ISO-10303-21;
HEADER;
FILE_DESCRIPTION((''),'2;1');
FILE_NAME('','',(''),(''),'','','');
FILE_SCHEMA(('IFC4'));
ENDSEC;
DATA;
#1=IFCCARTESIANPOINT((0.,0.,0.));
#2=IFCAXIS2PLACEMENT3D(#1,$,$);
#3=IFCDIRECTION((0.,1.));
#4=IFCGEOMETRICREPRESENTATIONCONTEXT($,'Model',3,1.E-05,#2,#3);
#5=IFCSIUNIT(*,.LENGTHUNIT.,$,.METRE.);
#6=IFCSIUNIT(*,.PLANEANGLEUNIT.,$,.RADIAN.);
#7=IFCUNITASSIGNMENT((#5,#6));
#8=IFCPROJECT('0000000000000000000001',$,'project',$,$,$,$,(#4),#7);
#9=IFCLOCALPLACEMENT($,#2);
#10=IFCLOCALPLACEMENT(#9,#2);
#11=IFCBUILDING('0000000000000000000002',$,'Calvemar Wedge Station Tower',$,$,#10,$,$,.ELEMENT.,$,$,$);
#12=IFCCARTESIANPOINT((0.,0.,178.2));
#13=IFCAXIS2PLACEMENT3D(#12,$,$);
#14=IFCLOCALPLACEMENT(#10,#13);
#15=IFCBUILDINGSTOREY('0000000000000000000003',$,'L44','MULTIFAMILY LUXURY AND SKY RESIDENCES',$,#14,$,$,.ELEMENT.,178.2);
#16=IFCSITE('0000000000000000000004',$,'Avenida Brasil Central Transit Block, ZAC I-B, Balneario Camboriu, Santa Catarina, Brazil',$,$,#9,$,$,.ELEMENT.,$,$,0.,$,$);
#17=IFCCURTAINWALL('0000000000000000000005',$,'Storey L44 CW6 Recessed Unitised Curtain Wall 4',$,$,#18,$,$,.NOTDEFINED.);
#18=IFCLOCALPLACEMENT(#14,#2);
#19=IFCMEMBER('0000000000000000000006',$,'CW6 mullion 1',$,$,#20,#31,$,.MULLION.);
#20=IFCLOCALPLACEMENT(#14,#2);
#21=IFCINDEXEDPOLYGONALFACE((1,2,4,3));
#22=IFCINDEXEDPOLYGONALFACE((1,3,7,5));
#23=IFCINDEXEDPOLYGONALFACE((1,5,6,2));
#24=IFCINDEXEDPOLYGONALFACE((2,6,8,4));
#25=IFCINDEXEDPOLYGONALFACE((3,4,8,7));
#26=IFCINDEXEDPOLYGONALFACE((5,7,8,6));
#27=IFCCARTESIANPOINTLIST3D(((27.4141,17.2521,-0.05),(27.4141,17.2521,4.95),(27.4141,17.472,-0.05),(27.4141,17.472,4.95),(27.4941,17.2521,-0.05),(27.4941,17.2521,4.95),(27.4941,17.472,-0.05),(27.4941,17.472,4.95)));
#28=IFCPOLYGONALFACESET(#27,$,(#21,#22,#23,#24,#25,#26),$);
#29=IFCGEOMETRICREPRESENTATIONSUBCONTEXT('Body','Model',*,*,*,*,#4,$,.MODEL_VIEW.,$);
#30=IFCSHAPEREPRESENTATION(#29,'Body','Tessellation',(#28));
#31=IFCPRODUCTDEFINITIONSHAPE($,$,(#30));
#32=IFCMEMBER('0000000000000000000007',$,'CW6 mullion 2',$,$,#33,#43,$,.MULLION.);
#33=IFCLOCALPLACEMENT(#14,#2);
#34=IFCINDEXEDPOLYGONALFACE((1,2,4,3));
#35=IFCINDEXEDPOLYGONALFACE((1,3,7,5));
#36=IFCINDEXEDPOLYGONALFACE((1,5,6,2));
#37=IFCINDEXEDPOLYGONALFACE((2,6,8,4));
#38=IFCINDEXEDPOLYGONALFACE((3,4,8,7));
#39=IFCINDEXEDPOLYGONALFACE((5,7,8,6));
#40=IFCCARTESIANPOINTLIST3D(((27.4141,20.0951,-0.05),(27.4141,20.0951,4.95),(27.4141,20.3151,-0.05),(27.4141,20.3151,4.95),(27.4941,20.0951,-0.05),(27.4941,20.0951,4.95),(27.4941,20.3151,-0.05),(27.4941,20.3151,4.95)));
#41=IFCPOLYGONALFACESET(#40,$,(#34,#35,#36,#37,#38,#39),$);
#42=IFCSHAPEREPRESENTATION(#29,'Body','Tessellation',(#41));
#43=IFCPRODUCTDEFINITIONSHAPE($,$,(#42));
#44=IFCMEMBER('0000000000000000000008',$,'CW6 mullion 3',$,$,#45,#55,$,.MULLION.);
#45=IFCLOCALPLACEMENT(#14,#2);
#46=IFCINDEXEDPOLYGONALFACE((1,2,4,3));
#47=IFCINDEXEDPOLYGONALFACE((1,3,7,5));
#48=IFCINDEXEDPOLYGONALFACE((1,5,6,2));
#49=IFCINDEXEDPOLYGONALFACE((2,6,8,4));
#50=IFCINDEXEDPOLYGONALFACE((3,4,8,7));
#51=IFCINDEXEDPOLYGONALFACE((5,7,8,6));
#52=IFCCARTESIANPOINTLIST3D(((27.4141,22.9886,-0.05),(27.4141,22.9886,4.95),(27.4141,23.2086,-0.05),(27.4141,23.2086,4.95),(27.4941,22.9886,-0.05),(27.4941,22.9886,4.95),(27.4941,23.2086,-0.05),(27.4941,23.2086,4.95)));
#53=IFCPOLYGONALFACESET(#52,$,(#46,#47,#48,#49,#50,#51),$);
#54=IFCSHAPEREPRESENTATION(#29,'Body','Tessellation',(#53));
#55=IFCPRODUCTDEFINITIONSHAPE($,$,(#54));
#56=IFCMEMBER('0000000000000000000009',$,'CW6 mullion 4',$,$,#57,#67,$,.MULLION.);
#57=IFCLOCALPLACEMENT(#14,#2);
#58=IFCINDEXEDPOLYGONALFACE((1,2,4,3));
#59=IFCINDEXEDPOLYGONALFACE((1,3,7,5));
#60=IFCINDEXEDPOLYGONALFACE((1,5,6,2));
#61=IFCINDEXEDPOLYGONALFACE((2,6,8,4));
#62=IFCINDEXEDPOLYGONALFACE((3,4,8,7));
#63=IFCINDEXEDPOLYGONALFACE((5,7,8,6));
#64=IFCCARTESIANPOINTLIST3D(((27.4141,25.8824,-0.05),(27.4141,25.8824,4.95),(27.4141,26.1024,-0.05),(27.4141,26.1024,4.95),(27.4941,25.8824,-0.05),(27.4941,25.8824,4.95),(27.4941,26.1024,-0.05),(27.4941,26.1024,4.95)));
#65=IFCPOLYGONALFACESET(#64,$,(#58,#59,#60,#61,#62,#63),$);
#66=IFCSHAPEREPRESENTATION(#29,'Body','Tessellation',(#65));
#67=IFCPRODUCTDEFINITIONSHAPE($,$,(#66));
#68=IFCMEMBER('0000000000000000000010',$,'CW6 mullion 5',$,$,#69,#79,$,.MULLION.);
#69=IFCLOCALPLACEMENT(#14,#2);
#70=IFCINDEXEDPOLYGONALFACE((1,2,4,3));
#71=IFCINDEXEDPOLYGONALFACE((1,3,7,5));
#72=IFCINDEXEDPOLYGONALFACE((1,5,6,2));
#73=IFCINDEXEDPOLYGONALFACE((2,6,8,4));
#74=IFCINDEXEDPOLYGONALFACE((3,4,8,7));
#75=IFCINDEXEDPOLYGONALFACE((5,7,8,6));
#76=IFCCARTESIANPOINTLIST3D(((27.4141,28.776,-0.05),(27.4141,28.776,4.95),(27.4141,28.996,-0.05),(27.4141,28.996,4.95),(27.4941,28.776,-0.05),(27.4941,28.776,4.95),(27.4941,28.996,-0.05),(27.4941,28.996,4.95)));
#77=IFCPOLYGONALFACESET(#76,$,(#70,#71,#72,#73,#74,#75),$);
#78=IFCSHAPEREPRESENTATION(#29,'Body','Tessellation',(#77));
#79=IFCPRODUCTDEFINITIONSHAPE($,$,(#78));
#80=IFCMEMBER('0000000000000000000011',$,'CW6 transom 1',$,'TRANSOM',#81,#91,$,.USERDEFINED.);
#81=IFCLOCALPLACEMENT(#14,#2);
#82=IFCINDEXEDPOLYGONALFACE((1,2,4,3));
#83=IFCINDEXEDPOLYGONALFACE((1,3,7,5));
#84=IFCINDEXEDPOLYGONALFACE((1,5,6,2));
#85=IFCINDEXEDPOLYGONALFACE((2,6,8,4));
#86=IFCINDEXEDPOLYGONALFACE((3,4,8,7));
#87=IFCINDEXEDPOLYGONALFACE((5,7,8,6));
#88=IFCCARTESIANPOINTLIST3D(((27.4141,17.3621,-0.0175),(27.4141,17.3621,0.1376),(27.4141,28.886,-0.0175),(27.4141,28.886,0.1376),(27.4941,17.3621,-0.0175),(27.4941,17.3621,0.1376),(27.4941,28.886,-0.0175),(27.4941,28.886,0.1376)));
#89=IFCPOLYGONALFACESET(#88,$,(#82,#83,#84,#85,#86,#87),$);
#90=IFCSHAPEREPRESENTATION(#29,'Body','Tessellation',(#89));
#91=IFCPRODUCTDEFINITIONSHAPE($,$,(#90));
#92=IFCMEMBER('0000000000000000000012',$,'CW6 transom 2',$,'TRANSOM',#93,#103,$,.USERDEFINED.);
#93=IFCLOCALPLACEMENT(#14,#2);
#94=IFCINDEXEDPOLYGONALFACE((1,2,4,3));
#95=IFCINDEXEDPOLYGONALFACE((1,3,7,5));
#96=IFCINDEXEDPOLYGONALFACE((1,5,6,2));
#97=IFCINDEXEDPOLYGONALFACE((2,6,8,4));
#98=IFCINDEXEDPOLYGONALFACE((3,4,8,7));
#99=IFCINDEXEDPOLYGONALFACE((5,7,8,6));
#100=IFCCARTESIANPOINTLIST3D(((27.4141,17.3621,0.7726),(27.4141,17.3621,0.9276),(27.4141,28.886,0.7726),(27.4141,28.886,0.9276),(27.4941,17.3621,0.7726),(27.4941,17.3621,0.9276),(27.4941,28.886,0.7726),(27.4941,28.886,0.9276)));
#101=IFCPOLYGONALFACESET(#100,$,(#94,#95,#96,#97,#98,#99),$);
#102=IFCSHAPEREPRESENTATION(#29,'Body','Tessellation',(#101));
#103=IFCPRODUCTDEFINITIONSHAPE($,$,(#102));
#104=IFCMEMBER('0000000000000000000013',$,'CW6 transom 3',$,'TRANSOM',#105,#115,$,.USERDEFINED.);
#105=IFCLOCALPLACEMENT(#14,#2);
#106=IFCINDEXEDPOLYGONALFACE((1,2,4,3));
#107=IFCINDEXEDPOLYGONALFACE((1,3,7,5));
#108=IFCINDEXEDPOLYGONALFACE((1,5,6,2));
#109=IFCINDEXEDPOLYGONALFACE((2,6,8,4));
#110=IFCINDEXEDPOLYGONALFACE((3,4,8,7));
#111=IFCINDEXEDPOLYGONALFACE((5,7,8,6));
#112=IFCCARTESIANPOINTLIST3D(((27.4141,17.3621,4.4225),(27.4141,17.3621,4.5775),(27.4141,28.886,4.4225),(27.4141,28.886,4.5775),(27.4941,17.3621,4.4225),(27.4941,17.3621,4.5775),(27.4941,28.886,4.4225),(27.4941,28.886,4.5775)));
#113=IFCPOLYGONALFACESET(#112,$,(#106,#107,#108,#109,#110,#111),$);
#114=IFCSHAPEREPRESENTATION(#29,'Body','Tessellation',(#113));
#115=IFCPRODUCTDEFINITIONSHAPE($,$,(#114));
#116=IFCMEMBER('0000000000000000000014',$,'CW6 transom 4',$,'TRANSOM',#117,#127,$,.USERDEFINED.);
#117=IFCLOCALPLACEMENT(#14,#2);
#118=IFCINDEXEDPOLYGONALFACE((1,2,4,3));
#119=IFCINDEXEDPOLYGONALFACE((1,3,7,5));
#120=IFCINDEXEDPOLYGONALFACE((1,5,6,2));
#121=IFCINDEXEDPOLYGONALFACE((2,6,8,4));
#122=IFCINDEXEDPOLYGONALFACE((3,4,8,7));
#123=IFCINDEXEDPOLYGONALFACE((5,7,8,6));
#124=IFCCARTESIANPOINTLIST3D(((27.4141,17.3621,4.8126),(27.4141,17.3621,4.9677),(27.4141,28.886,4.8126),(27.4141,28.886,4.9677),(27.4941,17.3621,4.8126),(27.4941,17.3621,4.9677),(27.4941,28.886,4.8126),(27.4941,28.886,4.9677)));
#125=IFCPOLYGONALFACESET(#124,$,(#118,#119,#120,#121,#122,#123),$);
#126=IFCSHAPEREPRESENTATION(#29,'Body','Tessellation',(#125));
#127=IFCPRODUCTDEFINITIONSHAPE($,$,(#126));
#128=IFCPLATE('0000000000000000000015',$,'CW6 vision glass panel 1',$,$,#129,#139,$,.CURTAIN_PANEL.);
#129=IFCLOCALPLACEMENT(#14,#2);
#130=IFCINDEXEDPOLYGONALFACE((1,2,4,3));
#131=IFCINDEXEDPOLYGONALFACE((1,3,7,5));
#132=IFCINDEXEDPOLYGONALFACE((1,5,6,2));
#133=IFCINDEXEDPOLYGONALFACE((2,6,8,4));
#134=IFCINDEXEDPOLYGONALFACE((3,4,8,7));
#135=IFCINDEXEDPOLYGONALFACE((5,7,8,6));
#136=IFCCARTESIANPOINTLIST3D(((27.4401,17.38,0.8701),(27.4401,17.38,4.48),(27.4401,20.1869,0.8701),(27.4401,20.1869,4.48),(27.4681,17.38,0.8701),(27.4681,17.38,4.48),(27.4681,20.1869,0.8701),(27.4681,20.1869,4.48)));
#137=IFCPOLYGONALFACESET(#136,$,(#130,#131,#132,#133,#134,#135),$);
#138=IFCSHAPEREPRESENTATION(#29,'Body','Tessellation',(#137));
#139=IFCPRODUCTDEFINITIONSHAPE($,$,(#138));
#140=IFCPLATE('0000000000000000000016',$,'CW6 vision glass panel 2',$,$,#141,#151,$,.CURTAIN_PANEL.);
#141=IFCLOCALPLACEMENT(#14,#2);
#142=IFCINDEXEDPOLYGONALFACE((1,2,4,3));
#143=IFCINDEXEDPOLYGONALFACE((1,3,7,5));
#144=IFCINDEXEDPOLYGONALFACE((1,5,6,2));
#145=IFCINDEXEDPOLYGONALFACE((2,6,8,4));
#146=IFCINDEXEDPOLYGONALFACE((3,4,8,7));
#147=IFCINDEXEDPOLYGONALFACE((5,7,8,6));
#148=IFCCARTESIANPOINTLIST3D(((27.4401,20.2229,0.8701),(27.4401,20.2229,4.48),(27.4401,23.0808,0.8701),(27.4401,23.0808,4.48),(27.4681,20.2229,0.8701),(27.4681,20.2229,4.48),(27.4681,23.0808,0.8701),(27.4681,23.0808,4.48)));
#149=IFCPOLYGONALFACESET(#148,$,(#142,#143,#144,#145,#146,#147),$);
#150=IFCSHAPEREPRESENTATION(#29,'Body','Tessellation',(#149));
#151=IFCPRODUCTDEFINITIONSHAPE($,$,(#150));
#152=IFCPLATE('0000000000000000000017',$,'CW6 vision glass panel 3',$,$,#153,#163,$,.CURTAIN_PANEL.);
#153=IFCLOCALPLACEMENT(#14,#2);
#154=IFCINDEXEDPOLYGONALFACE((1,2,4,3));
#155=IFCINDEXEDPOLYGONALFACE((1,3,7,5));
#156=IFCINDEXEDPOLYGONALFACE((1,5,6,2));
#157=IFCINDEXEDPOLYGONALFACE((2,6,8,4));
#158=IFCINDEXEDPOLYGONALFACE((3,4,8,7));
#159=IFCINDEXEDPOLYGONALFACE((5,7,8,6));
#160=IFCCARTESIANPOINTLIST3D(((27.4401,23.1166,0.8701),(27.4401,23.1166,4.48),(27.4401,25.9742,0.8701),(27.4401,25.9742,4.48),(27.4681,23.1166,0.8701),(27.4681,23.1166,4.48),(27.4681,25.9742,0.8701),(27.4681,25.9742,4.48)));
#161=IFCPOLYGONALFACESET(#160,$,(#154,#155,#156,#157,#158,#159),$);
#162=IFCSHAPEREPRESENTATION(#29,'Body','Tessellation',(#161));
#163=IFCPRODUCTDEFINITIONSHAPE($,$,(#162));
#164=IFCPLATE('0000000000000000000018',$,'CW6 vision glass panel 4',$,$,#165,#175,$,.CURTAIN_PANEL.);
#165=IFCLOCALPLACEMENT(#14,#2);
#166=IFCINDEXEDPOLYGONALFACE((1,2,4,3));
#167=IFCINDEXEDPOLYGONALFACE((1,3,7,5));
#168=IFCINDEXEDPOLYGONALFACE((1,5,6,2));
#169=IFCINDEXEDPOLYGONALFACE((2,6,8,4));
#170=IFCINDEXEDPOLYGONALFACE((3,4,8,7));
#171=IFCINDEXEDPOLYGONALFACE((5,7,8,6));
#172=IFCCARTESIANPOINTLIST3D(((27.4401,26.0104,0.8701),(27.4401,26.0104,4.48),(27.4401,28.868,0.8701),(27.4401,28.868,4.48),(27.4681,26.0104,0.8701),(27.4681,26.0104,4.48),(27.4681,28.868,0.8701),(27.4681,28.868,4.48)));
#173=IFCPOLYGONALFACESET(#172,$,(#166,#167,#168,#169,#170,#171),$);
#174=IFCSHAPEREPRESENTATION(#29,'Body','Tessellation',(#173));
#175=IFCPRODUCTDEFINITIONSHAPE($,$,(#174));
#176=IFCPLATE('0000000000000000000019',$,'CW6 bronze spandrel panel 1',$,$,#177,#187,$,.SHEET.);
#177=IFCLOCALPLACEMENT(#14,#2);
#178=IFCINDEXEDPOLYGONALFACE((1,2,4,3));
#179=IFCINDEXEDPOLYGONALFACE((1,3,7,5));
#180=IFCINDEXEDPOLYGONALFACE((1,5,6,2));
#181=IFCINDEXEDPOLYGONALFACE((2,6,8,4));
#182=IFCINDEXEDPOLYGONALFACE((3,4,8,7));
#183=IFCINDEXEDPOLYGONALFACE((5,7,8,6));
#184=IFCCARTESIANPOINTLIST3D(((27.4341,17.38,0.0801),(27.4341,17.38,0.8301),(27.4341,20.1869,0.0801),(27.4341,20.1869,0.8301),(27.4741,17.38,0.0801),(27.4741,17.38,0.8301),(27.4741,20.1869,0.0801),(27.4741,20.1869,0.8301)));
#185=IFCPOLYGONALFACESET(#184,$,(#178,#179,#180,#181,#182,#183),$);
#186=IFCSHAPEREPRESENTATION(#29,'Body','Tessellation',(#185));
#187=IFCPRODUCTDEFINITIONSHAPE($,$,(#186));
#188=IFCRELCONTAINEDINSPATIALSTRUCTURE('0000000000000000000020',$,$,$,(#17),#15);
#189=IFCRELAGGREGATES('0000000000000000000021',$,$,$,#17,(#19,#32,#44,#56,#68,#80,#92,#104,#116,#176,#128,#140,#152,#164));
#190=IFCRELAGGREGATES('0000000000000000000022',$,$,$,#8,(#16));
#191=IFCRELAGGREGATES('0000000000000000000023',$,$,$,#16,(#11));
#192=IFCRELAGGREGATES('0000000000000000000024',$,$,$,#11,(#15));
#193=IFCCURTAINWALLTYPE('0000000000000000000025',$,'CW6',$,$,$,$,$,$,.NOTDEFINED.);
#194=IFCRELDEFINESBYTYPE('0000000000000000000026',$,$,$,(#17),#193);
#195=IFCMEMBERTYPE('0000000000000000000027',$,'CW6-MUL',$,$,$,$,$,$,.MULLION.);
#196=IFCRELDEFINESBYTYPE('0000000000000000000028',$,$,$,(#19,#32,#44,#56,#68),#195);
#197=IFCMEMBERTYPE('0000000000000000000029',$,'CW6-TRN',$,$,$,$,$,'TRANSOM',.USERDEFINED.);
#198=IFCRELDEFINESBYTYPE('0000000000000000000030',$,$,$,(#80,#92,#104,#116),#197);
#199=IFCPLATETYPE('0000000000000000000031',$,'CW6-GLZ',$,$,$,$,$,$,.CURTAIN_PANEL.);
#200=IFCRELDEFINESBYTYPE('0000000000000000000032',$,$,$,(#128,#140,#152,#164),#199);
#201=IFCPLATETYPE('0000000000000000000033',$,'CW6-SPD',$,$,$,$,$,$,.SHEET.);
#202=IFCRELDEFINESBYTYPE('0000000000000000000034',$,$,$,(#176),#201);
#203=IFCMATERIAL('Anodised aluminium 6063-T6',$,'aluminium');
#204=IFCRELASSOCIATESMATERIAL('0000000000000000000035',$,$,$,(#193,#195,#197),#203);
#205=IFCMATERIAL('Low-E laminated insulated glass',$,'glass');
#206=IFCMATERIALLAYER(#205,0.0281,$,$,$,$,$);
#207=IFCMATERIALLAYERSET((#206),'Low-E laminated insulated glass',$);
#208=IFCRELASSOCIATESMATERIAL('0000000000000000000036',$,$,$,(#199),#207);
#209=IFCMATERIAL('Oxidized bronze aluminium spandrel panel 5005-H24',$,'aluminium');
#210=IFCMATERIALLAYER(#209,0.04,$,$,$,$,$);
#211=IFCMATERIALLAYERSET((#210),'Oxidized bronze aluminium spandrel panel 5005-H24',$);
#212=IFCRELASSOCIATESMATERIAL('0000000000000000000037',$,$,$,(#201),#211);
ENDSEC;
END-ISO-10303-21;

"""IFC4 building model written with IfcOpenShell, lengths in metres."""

from ifc_helpers import new_model, si_unit, direction, frame, frame_2d, origin, origin_2d, place, context, subcontext, project, spatial, rectangle, extrude, source, transform, mapped, material, layer, layer_set, material_profile, profile_set, type_object, element, aggregate, save


model = new_model("IFC4")

# Units and contexts
model_context = context("Model", 3, precision=1e-05, world=origin(), true_north=direction((0.0, 1.0)))
body_context = subcontext(model_context, "Body", "Model", "MODEL_VIEW")
ifc_project = project(units=[si_unit("LENGTHUNIT", "METRE"), si_unit("PLANEANGLEUNIT", "RADIAN")], contexts=[model_context])

# Site, building, storey
site_placement = place(None, origin())
site = spatial("IfcSite", under=ifc_project, at=site_placement, Name="Avenida Brasil Central Transit Block, ZAC I-B, Balneario Camboriu, Santa Catarina, Brazil", CompositionType="ELEMENT", RefElevation=0.0)
building_placement = place(site_placement, origin())
building = spatial("IfcBuilding", under=site, at=building_placement, Name="Calvemar Wedge Station Tower", CompositionType="ELEMENT")
storey_placement = place(building_placement, frame((0.0, 0.0, 178.2)))
storey = spatial("IfcBuildingStorey", under=building, at=storey_placement, Name="L44", Description="MULTIFAMILY LUXURY AND SKY RESIDENCES", CompositionType="ELEMENT", Elevation=178.2)

# Curtain wall, members, plates
ifc_material_1 = material(Name="Anodised aluminium 6063-T6", Category="aluminium")
curtain_wall_type = type_object("IfcCurtainWallType", Name="CW6", PredefinedType="NOTDEFINED", material=ifc_material_1)
curtain_wall_placement = place(storey_placement, origin())
curtain_wall = element("IfcCurtainWall", 1, at=curtain_wall_placement, inside=storey, type_object=curtain_wall_type, Name="Storey L44 CW6 Recessed Unitised Curtain Wall 4", PredefinedType="NOTDEFINED")
ifc_material_profile_1 = material_profile(ifc_material_1, rectangle(XDim=0.0801, YDim=0.22, at=origin_2d()), Name="AL-MUL-80x220")
ifc_profile_set_1 = profile_set([ifc_material_profile_1], Name="Anodised aluminium 6063-T6")
member_type_1 = type_object("IfcMemberType", Name="CW6-MUL", PredefinedType="MULLION", material=ifc_profile_set_1)
shared_shape_1 = source(origin(), body_context, "Body", "SweptSolid", [
    extrude(rectangle(XDim=0.0801, YDim=0.22, at=origin_2d()), origin(), (0.0, 0.0, 1.0), 5.0),
])
member_1_placement = place(storey_placement, frame((27.4541, 17.3621, -0.05), z_axis=(0.0, 0.0, 1.0), x_axis=(1.0, 0.0, 0.0)))
member_1 = element("IfcMember", 2, at=member_1_placement, type_object=member_type_1, Name="CW6 mullion 1", PredefinedType="MULLION", context=body_context, shape_type="MappedRepresentation", body=[
    mapped(shared_shape_1, transform((0.0, 0.0, 0.0), scale=1.0)),
])
member_2_placement = place(storey_placement, frame((27.4541, 20.2051, -0.05), z_axis=(0.0, 0.0, 1.0), x_axis=(1.0, 0.0, 0.0)))
member_2 = element("IfcMember", 3, at=member_2_placement, type_object=member_type_1, Name="CW6 mullion 2", PredefinedType="MULLION", context=body_context, shape_type="MappedRepresentation", body=[
    mapped(shared_shape_1, transform((0.0, 0.0, 0.0), scale=1.0)),
])
member_3_placement = place(storey_placement, frame((27.4541, 23.0986, -0.05), z_axis=(0.0, 0.0, 1.0), x_axis=(1.0, 0.0, 0.0)))
member_3 = element("IfcMember", 4, at=member_3_placement, type_object=member_type_1, Name="CW6 mullion 3", PredefinedType="MULLION", context=body_context, shape_type="MappedRepresentation", body=[
    mapped(shared_shape_1, transform((0.0, 0.0, 0.0), scale=1.0)),
])
member_4_placement = place(storey_placement, frame((27.4541, 25.9924, -0.05), z_axis=(0.0, 0.0, 1.0), x_axis=(1.0, 0.0, 0.0)))
member_4 = element("IfcMember", 5, at=member_4_placement, type_object=member_type_1, Name="CW6 mullion 4", PredefinedType="MULLION", context=body_context, shape_type="MappedRepresentation", body=[
    mapped(shared_shape_1, transform((0.0, 0.0, 0.0), scale=1.0)),
])
member_5_placement = place(storey_placement, frame((27.4541, 28.886, -0.05), z_axis=(0.0, 0.0, 1.0), x_axis=(1.0, 0.0, 0.0)))
member_5 = element("IfcMember", 6, at=member_5_placement, type_object=member_type_1, Name="CW6 mullion 5", PredefinedType="MULLION", context=body_context, shape_type="MappedRepresentation", body=[
    mapped(shared_shape_1, transform((0.0, 0.0, 0.0), scale=1.0)),
])
ifc_material_profile_2 = material_profile(ifc_material_1, rectangle(XDim=0.0801, YDim=0.155, at=origin_2d()), Name="AL-TRN-80x155")
ifc_profile_set_2 = profile_set([ifc_material_profile_2], Name="Anodised aluminium 6063-T6")
member_type_2 = type_object("IfcMemberType", Name="CW6-TRN", ElementType="TRANSOM", PredefinedType="USERDEFINED", material=ifc_profile_set_2)
shared_shape_2 = source(origin(), body_context, "Body", "SweptSolid", [
    extrude(rectangle(XDim=0.0801, YDim=0.155, at=origin_2d()), origin(), (0.0, 0.0, 1.0), 11.5239),
])
member_6_placement = place(storey_placement, frame((27.4541, 17.3621, 0.0601), z_axis=(0.0, 1.0, 0.0), x_axis=(-1.0, 0.0, 0.0)))
member_6 = element("IfcMember", 7, at=member_6_placement, type_object=member_type_2, Name="CW6 transom 1", ObjectType="TRANSOM", PredefinedType="USERDEFINED", context=body_context, shape_type="MappedRepresentation", body=[
    mapped(shared_shape_2, transform((0.0, 0.0, 0.0), scale=1.0)),
])
member_7_placement = place(storey_placement, frame((27.4541, 17.3621, 0.8501), z_axis=(0.0, 1.0, 0.0), x_axis=(-1.0, 0.0, 0.0)))
member_7 = element("IfcMember", 8, at=member_7_placement, type_object=member_type_2, Name="CW6 transom 2", ObjectType="TRANSOM", PredefinedType="USERDEFINED", context=body_context, shape_type="MappedRepresentation", body=[
    mapped(shared_shape_2, transform((0.0, 0.0, 0.0), scale=1.0)),
])
member_8_placement = place(storey_placement, frame((27.4541, 17.3621, 4.5), z_axis=(0.0, 1.0, 0.0), x_axis=(-1.0, 0.0, 0.0)))
member_8 = element("IfcMember", 9, at=member_8_placement, type_object=member_type_2, Name="CW6 transom 3", ObjectType="TRANSOM", PredefinedType="USERDEFINED", context=body_context, shape_type="MappedRepresentation", body=[
    mapped(shared_shape_2, transform((0.0, 0.0, 0.0), scale=1.0)),
])
member_9_placement = place(storey_placement, frame((27.4541, 17.3621, 4.8901), z_axis=(0.0, 1.0, 0.0), x_axis=(-1.0, 0.0, 0.0)))
member_9 = element("IfcMember", 10, at=member_9_placement, type_object=member_type_2, Name="CW6 transom 4", ObjectType="TRANSOM", PredefinedType="USERDEFINED", context=body_context, shape_type="MappedRepresentation", body=[
    mapped(shared_shape_2, transform((0.0, 0.0, 0.0), scale=1.0)),
])
ifc_material_2 = material(Name="Low-E laminated insulated glass", Category="glass")
ifc_layer_1 = layer(ifc_material_2, 0.0281)
ifc_layer_set_1 = layer_set([ifc_layer_1], Name="Low-E laminated insulated glass")
plate_type_1 = type_object("IfcPlateType", Name="CW6-GLZ", PredefinedType="CURTAIN_PANEL", material=ifc_layer_set_1)
plate_1_placement = place(storey_placement, frame((27.4541, 17.3801, 0.8701), z_axis=(0.0, 0.0, 1.0), x_axis=(0.0, 1.0, 0.0)))
plate_1 = element("IfcPlate", 11, at=plate_1_placement, type_object=plate_type_1, Name="CW6 vision glass panel 1", PredefinedType="CURTAIN_PANEL", context=body_context, shape_type="SweptSolid", body=[
    extrude(rectangle(XDim=2.8069, YDim=0.0281, at=frame_2d((1.4033, 0.0))), origin(), (0.0, 0.0, 1.0), 3.6099),
])
plate_2_placement = place(storey_placement, frame((27.4541, 20.2229, 0.8701), z_axis=(0.0, 0.0, 1.0), x_axis=(0.0, 1.0, 0.0)))
plate_2 = element("IfcPlate", 12, at=plate_2_placement, type_object=plate_type_1, Name="CW6 vision glass panel 2", PredefinedType="CURTAIN_PANEL", context=body_context, shape_type="SweptSolid", body=[
    extrude(rectangle(XDim=2.8579, YDim=0.0281, at=frame_2d((1.429, 0.0))), origin(), (0.0, 0.0, 1.0), 3.6099),
])
plate_3_placement = place(storey_placement, frame((27.4541, 23.1167, 0.8701), z_axis=(0.0, 0.0, 1.0), x_axis=(0.0, 1.0, 0.0)))
plate_3 = element("IfcPlate", 13, at=plate_3_placement, type_object=plate_type_1, Name="CW6 vision glass panel 3", PredefinedType="CURTAIN_PANEL", context=body_context, shape_type="SweptSolid", body=[
    extrude(rectangle(XDim=2.8577, YDim=0.0281, at=frame_2d((1.4287, 0.0))), origin(), (0.0, 0.0, 1.0), 3.6099),
])
plate_4_placement = place(storey_placement, frame((27.4541, 26.0105, 0.8701), z_axis=(0.0, 0.0, 1.0), x_axis=(0.0, 1.0, 0.0)))
plate_4 = element("IfcPlate", 14, at=plate_4_placement, type_object=plate_type_1, Name="CW6 vision glass panel 4", PredefinedType="CURTAIN_PANEL", context=body_context, shape_type="SweptSolid", body=[
    extrude(rectangle(XDim=2.8577, YDim=0.0281, at=frame_2d((1.4287, 0.0))), origin(), (0.0, 0.0, 1.0), 3.6099),
])
ifc_material_3 = material(Name="Oxidized bronze aluminium spandrel panel 5005-H24", Category="aluminium")
ifc_layer_2 = layer(ifc_material_3, 0.04)
ifc_layer_set_2 = layer_set([ifc_layer_2], Name="Oxidized bronze aluminium spandrel panel 5005-H24")
plate_type_2 = type_object("IfcPlateType", Name="CW6-SPD", PredefinedType="SHEET", material=ifc_layer_set_2)
plate_5_placement = place(storey_placement, frame((27.4541, 17.3801, 0.0801), z_axis=(0.0, 0.0, 1.0), x_axis=(0.0, 1.0, 0.0)))
plate_5 = element("IfcPlate", 15, at=plate_5_placement, type_object=plate_type_2, Name="CW6 bronze spandrel panel 1", PredefinedType="SHEET", context=body_context, shape_type="SweptSolid", body=[
    extrude(rectangle(XDim=2.8069, YDim=0.04, at=frame_2d((1.4033, 0.0))), origin(), (0.0, 0.0, 1.0), 0.75),
])
aggregate(curtain_wall, [member_1, member_2, member_3, member_4, member_5, member_6, member_7, member_8, member_9, plate_5, plate_1, plate_2, plate_3, plate_4])

save(model, "model.ifc")
